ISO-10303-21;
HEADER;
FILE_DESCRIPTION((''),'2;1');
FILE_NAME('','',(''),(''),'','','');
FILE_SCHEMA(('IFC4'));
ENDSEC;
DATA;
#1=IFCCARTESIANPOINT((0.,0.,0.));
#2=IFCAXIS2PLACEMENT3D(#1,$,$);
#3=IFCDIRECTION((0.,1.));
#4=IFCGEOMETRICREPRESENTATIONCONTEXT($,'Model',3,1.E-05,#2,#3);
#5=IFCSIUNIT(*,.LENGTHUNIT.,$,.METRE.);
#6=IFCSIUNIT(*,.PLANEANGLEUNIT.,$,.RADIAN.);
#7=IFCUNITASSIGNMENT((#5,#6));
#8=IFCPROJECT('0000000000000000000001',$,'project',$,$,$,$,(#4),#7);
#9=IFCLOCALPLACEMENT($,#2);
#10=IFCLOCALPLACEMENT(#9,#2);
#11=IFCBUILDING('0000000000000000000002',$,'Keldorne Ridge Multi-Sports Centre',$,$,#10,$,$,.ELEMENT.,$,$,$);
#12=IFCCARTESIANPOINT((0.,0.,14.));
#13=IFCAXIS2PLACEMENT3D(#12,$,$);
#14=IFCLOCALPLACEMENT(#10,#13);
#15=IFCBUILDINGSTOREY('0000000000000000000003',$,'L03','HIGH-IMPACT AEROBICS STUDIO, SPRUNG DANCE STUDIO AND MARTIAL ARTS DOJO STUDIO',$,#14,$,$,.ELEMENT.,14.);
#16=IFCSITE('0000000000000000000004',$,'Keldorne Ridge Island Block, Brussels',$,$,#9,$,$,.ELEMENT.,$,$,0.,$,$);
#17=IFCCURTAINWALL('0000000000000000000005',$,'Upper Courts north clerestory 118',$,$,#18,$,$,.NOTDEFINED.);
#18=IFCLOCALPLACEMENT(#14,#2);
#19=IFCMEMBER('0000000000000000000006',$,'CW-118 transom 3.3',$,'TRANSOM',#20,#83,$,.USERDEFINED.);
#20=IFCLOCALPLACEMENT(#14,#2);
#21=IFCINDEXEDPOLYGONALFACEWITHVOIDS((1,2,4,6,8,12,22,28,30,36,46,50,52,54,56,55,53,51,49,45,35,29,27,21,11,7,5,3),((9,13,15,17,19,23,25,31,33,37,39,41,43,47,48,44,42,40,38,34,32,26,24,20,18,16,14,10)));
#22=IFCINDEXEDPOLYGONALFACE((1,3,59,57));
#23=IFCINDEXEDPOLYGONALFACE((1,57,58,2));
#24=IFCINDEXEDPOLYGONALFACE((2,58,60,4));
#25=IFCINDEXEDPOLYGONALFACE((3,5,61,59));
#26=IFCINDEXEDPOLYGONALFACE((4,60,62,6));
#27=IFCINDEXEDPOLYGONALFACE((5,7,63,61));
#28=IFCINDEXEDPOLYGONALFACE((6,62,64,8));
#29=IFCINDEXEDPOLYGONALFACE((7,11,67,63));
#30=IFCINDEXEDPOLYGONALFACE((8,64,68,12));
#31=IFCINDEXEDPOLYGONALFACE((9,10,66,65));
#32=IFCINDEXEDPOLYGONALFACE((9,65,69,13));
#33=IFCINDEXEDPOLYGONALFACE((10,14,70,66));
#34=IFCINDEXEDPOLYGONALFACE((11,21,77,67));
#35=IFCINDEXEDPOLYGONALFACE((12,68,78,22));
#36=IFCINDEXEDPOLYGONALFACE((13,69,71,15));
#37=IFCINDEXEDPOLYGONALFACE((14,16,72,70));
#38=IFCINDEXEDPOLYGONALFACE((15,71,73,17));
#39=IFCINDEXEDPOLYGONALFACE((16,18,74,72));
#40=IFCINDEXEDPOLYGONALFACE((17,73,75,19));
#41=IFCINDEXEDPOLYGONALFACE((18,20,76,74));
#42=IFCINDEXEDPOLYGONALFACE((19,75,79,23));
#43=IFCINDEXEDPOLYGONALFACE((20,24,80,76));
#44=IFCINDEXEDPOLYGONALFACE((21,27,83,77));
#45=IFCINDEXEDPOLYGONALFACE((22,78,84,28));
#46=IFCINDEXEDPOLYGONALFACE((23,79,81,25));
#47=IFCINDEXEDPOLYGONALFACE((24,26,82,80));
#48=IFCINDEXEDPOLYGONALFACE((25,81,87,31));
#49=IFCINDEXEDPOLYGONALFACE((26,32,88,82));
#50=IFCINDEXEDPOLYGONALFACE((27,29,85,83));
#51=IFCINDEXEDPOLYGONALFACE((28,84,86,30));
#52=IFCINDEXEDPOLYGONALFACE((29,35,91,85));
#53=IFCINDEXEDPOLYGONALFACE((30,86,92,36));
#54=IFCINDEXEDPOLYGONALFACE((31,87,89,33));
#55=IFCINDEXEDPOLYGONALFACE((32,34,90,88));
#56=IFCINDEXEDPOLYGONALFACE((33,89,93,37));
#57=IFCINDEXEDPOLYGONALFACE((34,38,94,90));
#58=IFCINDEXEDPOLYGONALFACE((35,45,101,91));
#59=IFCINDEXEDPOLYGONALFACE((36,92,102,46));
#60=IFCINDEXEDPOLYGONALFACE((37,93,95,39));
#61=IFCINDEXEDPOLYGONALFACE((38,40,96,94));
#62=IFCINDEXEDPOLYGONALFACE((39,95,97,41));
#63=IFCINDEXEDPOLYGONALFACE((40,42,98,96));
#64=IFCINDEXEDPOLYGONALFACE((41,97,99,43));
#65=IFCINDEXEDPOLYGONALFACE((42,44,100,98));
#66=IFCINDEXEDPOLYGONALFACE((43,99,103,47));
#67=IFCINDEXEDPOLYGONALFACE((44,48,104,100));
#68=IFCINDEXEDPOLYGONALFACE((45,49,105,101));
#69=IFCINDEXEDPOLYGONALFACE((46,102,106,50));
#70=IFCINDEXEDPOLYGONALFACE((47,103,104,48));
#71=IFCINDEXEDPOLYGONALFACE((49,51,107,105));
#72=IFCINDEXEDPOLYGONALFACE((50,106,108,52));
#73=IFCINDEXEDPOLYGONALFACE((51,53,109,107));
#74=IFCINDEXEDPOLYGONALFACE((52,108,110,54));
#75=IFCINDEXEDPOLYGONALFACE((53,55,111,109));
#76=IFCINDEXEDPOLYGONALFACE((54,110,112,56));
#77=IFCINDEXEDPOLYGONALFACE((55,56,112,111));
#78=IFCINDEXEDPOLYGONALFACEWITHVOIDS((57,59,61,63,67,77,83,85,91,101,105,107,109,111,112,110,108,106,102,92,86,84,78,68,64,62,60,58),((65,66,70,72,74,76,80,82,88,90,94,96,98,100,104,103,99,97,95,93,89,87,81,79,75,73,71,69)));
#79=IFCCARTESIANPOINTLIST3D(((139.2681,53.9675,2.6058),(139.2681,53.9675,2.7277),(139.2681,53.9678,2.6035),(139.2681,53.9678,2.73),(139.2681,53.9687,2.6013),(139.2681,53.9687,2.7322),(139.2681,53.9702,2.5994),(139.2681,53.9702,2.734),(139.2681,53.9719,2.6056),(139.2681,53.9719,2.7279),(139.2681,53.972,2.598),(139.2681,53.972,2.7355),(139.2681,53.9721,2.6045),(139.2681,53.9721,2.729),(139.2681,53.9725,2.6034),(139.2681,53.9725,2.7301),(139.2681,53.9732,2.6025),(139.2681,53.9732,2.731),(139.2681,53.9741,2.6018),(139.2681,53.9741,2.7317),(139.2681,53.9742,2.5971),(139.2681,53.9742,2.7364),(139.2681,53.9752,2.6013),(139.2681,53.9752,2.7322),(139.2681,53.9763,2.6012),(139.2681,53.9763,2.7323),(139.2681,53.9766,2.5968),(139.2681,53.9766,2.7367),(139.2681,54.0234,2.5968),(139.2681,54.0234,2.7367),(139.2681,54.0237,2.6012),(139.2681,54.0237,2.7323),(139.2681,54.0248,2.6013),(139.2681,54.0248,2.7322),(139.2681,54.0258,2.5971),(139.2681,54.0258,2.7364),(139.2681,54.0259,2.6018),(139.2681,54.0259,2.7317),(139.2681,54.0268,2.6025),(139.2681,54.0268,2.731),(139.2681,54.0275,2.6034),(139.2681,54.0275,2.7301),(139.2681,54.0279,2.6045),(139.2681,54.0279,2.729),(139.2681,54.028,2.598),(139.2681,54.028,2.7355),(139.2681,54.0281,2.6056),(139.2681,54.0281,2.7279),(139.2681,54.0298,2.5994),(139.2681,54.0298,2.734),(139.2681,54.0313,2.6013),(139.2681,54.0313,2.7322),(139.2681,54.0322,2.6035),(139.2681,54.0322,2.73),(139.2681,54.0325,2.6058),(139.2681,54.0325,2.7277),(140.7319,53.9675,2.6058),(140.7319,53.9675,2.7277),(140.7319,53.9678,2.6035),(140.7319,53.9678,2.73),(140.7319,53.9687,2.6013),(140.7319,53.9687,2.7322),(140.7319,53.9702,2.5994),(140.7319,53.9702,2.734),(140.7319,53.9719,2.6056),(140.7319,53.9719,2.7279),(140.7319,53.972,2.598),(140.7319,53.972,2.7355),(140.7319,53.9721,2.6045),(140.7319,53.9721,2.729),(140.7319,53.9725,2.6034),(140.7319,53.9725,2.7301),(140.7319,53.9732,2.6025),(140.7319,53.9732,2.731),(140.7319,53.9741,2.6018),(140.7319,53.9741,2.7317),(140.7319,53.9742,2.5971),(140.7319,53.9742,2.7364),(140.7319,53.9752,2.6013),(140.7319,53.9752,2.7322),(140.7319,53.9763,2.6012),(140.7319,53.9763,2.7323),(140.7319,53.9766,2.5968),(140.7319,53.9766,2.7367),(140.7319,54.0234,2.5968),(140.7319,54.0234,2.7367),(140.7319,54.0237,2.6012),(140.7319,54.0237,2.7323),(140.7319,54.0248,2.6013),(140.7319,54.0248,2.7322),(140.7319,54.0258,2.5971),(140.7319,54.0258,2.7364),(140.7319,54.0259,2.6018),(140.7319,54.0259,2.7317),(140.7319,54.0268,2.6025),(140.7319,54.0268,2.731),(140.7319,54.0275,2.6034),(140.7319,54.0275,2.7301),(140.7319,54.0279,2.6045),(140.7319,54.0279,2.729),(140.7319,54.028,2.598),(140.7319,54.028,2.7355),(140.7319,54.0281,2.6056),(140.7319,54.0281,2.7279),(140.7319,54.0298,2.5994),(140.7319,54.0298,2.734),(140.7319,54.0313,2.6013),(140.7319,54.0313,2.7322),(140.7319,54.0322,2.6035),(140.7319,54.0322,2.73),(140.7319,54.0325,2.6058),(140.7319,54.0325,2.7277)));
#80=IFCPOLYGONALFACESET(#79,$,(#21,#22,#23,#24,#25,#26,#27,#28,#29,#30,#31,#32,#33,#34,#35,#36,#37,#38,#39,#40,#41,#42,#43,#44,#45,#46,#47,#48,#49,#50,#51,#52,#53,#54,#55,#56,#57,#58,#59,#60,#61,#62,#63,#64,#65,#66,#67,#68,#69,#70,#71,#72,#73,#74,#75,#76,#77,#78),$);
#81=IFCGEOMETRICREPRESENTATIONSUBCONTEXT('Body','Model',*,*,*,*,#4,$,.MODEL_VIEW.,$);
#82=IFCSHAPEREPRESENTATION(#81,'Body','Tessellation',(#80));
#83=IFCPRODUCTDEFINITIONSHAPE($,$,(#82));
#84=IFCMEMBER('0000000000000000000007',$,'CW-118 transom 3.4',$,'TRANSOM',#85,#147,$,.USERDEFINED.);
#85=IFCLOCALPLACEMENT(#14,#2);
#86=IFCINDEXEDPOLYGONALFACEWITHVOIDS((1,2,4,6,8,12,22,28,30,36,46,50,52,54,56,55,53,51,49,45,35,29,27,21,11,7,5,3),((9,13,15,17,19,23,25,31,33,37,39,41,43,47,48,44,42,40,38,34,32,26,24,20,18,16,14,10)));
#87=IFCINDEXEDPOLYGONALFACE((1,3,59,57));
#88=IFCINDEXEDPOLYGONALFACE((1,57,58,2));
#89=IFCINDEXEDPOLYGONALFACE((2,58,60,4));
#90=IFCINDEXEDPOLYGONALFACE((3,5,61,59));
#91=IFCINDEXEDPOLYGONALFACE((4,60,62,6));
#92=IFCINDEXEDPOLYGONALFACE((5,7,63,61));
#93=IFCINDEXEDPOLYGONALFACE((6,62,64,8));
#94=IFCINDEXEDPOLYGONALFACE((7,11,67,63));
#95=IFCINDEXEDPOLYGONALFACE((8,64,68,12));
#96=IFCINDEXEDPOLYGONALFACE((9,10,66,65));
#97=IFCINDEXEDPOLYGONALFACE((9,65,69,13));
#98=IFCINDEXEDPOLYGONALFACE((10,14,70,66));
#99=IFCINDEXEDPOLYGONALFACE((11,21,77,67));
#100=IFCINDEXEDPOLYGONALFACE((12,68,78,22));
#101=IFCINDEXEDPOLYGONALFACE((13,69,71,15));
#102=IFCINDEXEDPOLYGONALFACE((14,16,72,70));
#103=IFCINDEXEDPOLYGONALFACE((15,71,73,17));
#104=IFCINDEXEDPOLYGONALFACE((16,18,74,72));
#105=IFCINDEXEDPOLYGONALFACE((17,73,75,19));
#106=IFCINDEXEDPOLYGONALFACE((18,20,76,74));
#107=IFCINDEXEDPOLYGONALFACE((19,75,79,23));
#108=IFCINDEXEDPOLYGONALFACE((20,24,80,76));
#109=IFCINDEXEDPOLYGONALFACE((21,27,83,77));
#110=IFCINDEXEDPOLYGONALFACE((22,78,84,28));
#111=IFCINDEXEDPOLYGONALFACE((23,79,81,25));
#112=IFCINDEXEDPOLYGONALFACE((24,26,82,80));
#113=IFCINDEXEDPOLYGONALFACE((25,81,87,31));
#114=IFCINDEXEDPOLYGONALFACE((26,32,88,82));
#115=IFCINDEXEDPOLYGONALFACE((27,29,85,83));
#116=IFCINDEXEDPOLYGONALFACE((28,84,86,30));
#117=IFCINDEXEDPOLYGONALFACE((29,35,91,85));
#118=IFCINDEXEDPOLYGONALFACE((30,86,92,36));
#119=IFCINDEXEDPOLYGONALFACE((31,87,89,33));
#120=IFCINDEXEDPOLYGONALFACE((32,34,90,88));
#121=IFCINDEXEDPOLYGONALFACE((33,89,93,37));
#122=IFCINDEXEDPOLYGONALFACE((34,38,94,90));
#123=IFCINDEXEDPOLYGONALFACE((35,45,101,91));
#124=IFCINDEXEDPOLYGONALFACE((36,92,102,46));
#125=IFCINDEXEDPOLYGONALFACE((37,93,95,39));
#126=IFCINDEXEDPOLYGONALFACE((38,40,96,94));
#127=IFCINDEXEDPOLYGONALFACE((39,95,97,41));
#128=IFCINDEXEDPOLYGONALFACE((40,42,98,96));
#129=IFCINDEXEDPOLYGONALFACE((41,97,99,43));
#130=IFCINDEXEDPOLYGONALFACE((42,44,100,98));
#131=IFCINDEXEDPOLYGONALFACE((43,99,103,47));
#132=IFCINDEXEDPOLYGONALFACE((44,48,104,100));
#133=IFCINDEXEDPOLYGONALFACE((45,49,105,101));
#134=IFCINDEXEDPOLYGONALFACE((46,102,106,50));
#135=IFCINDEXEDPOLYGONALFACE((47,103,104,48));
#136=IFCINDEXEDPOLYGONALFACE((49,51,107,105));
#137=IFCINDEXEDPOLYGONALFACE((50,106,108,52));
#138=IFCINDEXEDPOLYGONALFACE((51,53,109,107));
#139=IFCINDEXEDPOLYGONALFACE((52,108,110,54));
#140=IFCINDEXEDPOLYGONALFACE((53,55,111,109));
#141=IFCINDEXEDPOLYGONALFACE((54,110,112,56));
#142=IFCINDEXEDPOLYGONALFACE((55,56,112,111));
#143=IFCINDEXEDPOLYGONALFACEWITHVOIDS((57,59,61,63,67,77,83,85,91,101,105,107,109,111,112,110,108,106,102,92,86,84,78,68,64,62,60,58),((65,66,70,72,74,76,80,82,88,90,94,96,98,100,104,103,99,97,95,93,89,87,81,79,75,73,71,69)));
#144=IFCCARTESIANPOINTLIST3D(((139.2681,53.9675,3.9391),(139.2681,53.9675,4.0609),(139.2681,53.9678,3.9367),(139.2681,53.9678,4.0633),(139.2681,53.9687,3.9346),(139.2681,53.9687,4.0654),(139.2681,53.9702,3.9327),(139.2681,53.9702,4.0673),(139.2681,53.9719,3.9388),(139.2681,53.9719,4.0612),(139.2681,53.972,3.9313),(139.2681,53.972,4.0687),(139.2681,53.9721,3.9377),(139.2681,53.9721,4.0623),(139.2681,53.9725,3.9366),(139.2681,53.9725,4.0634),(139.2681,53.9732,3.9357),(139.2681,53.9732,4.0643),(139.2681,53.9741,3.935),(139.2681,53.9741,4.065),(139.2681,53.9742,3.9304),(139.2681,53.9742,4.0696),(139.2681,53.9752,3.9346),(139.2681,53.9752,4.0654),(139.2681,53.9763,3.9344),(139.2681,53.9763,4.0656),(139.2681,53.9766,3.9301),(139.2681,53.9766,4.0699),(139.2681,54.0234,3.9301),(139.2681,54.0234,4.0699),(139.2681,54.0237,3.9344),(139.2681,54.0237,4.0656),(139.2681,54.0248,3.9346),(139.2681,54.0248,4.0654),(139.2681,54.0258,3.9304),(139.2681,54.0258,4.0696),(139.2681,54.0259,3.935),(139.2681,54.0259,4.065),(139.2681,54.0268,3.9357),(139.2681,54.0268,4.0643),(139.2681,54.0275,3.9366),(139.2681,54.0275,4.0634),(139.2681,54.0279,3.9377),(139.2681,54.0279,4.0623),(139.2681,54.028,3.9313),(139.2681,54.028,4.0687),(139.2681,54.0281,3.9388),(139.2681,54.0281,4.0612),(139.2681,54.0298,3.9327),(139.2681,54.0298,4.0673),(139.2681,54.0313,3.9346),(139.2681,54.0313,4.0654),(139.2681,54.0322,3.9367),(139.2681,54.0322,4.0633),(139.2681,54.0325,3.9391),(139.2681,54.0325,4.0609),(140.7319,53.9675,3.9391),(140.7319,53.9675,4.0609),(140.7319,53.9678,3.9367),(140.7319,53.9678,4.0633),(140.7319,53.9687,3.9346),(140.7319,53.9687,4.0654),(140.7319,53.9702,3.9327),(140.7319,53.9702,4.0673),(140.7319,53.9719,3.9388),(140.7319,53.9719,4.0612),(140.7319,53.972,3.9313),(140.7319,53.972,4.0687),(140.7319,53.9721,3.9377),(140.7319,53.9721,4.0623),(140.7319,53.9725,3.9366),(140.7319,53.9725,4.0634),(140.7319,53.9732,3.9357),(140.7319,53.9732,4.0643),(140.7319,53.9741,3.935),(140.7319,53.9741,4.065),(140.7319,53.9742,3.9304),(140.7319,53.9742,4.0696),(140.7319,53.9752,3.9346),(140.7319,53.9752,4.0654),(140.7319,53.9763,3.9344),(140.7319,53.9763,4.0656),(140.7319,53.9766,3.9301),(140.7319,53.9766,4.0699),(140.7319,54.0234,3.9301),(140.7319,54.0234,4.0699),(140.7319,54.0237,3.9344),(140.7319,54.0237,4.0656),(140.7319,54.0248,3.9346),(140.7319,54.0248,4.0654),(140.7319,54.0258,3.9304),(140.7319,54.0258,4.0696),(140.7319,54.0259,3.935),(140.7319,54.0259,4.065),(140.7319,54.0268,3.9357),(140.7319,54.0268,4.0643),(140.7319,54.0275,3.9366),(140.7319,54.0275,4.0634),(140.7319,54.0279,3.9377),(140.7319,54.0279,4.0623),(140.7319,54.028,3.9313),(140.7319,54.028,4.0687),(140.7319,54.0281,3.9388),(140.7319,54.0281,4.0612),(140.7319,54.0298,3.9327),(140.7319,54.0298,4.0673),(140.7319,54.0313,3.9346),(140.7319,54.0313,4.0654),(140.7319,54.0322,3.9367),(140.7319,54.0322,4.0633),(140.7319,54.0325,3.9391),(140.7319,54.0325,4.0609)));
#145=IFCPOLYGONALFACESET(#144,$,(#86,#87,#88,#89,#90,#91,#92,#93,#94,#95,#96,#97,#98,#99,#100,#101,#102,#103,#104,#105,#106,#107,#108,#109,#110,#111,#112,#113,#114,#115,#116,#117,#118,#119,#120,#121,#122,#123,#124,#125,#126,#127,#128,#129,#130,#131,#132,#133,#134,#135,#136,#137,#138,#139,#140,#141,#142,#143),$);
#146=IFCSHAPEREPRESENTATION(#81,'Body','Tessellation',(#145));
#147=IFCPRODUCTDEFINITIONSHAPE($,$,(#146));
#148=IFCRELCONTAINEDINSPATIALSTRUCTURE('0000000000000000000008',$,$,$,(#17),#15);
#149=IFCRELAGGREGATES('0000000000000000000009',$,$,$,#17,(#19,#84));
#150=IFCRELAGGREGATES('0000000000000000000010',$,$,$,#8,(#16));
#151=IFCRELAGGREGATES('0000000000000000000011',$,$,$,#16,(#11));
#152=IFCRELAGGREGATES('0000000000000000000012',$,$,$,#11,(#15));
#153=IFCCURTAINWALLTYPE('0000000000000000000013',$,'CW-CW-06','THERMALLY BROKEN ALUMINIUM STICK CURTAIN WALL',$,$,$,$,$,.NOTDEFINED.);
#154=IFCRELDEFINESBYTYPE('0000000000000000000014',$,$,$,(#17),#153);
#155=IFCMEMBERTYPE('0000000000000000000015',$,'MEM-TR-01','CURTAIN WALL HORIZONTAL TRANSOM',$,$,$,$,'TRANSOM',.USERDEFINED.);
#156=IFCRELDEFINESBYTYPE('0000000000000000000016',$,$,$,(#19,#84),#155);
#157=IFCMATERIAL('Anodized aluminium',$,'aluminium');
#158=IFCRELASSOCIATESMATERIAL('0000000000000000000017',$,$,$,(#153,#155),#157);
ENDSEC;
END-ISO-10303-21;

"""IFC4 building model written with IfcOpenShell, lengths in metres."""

from ifc_helpers import new_model, si_unit, direction, frame, origin, origin_2d, place, context, subcontext, project, spatial, hollow_rectangle, extrude, material, material_profile, profile_set, type_object, element, aggregate, save


model = new_model("IFC4")

# Units and contexts
model_context = context("Model", 3, precision=1e-05, world=origin(), true_north=direction((0.0, 1.0)))
body_context = subcontext(model_context, "Body", "Model", "MODEL_VIEW")
ifc_project = project(units=[si_unit("LENGTHUNIT", "METRE"), si_unit("PLANEANGLEUNIT", "RADIAN")], contexts=[model_context])

# Site, building, storey
site_placement = place(None, origin())
site = spatial("IfcSite", under=ifc_project, at=site_placement, Name="Keldorne Ridge Island Block, Brussels", CompositionType="ELEMENT", RefElevation=0.0)
building_placement = place(site_placement, origin())
building = spatial("IfcBuilding", under=site, at=building_placement, Name="Keldorne Ridge Multi-Sports Centre", CompositionType="ELEMENT")
storey_placement = place(building_placement, frame((0.0, 0.0, 14.0)))
storey = spatial("IfcBuildingStorey", under=building, at=storey_placement, Name="L03", Description="HIGH-IMPACT AEROBICS STUDIO, SPRUNG DANCE STUDIO AND MARTIAL ARTS DOJO STUDIO", CompositionType="ELEMENT", Elevation=14.0)

# Curtain wall, members
ifc_material_1 = material(Name="Anodized aluminium", Category="aluminium")
curtain_wall_type = type_object("IfcCurtainWallType", Name="CW-CW-06", Description="THERMALLY BROKEN ALUMINIUM STICK CURTAIN WALL", PredefinedType="NOTDEFINED", material=ifc_material_1)
curtain_wall_placement = place(storey_placement, origin())
curtain_wall = element("IfcCurtainWall", 1, at=curtain_wall_placement, inside=storey, type_object=curtain_wall_type, Name="Upper Courts north clerestory 118", PredefinedType="NOTDEFINED")
ifc_material_profile_1 = material_profile(ifc_material_1, hollow_rectangle(XDim=0.0649, YDim=0.1399, WallThickness=0.0044, InnerFilletRadius=0.0044, OuterFilletRadius=0.009, at=origin_2d()), Name="ALU TRANSOM 140x65x4.5")
ifc_profile_set_1 = profile_set([ifc_material_profile_1], Name="Anodized aluminium")
member_type_1 = type_object("IfcMemberType", Name="MEM-TR-01", Description="CURTAIN WALL HORIZONTAL TRANSOM", ElementType="TRANSOM", PredefinedType="USERDEFINED", material=ifc_profile_set_1)
member_1_placement = place(storey_placement, frame((140.7319, 54.0, 2.6667), z_axis=(-1.0, 0.0, 0.0), x_axis=(0.0, -1.0, 0.0)))
member_1 = element("IfcMember", 2, at=member_1_placement, type_object=member_type_1, Name="CW-118 transom 3.3", ObjectType="TRANSOM", PredefinedType="USERDEFINED", context=body_context, shape_type="SweptSolid", body=[
    extrude(hollow_rectangle(XDim=0.0649, YDim=0.1399, WallThickness=0.0044, InnerFilletRadius=0.0044, OuterFilletRadius=0.009, at=origin_2d()), origin(), (0.0, 0.0, 1.0), 1.4639),
])
member_2_placement = place(storey_placement, frame((140.7319, 54.0, 4.0), z_axis=(-1.0, 0.0, 0.0), x_axis=(0.0, -1.0, 0.0)))
member_2 = element("IfcMember", 3, at=member_2_placement, type_object=member_type_1, Name="CW-118 transom 3.4", ObjectType="TRANSOM", PredefinedType="USERDEFINED", context=body_context, shape_type="SweptSolid", body=[
    extrude(hollow_rectangle(XDim=0.0649, YDim=0.1399, WallThickness=0.0044, InnerFilletRadius=0.0044, OuterFilletRadius=0.009, at=origin_2d()), origin(), (0.0, 0.0, 1.0), 1.4639),
])
aggregate(curtain_wall, [member_1, member_2])

save(model, "model.ifc")
